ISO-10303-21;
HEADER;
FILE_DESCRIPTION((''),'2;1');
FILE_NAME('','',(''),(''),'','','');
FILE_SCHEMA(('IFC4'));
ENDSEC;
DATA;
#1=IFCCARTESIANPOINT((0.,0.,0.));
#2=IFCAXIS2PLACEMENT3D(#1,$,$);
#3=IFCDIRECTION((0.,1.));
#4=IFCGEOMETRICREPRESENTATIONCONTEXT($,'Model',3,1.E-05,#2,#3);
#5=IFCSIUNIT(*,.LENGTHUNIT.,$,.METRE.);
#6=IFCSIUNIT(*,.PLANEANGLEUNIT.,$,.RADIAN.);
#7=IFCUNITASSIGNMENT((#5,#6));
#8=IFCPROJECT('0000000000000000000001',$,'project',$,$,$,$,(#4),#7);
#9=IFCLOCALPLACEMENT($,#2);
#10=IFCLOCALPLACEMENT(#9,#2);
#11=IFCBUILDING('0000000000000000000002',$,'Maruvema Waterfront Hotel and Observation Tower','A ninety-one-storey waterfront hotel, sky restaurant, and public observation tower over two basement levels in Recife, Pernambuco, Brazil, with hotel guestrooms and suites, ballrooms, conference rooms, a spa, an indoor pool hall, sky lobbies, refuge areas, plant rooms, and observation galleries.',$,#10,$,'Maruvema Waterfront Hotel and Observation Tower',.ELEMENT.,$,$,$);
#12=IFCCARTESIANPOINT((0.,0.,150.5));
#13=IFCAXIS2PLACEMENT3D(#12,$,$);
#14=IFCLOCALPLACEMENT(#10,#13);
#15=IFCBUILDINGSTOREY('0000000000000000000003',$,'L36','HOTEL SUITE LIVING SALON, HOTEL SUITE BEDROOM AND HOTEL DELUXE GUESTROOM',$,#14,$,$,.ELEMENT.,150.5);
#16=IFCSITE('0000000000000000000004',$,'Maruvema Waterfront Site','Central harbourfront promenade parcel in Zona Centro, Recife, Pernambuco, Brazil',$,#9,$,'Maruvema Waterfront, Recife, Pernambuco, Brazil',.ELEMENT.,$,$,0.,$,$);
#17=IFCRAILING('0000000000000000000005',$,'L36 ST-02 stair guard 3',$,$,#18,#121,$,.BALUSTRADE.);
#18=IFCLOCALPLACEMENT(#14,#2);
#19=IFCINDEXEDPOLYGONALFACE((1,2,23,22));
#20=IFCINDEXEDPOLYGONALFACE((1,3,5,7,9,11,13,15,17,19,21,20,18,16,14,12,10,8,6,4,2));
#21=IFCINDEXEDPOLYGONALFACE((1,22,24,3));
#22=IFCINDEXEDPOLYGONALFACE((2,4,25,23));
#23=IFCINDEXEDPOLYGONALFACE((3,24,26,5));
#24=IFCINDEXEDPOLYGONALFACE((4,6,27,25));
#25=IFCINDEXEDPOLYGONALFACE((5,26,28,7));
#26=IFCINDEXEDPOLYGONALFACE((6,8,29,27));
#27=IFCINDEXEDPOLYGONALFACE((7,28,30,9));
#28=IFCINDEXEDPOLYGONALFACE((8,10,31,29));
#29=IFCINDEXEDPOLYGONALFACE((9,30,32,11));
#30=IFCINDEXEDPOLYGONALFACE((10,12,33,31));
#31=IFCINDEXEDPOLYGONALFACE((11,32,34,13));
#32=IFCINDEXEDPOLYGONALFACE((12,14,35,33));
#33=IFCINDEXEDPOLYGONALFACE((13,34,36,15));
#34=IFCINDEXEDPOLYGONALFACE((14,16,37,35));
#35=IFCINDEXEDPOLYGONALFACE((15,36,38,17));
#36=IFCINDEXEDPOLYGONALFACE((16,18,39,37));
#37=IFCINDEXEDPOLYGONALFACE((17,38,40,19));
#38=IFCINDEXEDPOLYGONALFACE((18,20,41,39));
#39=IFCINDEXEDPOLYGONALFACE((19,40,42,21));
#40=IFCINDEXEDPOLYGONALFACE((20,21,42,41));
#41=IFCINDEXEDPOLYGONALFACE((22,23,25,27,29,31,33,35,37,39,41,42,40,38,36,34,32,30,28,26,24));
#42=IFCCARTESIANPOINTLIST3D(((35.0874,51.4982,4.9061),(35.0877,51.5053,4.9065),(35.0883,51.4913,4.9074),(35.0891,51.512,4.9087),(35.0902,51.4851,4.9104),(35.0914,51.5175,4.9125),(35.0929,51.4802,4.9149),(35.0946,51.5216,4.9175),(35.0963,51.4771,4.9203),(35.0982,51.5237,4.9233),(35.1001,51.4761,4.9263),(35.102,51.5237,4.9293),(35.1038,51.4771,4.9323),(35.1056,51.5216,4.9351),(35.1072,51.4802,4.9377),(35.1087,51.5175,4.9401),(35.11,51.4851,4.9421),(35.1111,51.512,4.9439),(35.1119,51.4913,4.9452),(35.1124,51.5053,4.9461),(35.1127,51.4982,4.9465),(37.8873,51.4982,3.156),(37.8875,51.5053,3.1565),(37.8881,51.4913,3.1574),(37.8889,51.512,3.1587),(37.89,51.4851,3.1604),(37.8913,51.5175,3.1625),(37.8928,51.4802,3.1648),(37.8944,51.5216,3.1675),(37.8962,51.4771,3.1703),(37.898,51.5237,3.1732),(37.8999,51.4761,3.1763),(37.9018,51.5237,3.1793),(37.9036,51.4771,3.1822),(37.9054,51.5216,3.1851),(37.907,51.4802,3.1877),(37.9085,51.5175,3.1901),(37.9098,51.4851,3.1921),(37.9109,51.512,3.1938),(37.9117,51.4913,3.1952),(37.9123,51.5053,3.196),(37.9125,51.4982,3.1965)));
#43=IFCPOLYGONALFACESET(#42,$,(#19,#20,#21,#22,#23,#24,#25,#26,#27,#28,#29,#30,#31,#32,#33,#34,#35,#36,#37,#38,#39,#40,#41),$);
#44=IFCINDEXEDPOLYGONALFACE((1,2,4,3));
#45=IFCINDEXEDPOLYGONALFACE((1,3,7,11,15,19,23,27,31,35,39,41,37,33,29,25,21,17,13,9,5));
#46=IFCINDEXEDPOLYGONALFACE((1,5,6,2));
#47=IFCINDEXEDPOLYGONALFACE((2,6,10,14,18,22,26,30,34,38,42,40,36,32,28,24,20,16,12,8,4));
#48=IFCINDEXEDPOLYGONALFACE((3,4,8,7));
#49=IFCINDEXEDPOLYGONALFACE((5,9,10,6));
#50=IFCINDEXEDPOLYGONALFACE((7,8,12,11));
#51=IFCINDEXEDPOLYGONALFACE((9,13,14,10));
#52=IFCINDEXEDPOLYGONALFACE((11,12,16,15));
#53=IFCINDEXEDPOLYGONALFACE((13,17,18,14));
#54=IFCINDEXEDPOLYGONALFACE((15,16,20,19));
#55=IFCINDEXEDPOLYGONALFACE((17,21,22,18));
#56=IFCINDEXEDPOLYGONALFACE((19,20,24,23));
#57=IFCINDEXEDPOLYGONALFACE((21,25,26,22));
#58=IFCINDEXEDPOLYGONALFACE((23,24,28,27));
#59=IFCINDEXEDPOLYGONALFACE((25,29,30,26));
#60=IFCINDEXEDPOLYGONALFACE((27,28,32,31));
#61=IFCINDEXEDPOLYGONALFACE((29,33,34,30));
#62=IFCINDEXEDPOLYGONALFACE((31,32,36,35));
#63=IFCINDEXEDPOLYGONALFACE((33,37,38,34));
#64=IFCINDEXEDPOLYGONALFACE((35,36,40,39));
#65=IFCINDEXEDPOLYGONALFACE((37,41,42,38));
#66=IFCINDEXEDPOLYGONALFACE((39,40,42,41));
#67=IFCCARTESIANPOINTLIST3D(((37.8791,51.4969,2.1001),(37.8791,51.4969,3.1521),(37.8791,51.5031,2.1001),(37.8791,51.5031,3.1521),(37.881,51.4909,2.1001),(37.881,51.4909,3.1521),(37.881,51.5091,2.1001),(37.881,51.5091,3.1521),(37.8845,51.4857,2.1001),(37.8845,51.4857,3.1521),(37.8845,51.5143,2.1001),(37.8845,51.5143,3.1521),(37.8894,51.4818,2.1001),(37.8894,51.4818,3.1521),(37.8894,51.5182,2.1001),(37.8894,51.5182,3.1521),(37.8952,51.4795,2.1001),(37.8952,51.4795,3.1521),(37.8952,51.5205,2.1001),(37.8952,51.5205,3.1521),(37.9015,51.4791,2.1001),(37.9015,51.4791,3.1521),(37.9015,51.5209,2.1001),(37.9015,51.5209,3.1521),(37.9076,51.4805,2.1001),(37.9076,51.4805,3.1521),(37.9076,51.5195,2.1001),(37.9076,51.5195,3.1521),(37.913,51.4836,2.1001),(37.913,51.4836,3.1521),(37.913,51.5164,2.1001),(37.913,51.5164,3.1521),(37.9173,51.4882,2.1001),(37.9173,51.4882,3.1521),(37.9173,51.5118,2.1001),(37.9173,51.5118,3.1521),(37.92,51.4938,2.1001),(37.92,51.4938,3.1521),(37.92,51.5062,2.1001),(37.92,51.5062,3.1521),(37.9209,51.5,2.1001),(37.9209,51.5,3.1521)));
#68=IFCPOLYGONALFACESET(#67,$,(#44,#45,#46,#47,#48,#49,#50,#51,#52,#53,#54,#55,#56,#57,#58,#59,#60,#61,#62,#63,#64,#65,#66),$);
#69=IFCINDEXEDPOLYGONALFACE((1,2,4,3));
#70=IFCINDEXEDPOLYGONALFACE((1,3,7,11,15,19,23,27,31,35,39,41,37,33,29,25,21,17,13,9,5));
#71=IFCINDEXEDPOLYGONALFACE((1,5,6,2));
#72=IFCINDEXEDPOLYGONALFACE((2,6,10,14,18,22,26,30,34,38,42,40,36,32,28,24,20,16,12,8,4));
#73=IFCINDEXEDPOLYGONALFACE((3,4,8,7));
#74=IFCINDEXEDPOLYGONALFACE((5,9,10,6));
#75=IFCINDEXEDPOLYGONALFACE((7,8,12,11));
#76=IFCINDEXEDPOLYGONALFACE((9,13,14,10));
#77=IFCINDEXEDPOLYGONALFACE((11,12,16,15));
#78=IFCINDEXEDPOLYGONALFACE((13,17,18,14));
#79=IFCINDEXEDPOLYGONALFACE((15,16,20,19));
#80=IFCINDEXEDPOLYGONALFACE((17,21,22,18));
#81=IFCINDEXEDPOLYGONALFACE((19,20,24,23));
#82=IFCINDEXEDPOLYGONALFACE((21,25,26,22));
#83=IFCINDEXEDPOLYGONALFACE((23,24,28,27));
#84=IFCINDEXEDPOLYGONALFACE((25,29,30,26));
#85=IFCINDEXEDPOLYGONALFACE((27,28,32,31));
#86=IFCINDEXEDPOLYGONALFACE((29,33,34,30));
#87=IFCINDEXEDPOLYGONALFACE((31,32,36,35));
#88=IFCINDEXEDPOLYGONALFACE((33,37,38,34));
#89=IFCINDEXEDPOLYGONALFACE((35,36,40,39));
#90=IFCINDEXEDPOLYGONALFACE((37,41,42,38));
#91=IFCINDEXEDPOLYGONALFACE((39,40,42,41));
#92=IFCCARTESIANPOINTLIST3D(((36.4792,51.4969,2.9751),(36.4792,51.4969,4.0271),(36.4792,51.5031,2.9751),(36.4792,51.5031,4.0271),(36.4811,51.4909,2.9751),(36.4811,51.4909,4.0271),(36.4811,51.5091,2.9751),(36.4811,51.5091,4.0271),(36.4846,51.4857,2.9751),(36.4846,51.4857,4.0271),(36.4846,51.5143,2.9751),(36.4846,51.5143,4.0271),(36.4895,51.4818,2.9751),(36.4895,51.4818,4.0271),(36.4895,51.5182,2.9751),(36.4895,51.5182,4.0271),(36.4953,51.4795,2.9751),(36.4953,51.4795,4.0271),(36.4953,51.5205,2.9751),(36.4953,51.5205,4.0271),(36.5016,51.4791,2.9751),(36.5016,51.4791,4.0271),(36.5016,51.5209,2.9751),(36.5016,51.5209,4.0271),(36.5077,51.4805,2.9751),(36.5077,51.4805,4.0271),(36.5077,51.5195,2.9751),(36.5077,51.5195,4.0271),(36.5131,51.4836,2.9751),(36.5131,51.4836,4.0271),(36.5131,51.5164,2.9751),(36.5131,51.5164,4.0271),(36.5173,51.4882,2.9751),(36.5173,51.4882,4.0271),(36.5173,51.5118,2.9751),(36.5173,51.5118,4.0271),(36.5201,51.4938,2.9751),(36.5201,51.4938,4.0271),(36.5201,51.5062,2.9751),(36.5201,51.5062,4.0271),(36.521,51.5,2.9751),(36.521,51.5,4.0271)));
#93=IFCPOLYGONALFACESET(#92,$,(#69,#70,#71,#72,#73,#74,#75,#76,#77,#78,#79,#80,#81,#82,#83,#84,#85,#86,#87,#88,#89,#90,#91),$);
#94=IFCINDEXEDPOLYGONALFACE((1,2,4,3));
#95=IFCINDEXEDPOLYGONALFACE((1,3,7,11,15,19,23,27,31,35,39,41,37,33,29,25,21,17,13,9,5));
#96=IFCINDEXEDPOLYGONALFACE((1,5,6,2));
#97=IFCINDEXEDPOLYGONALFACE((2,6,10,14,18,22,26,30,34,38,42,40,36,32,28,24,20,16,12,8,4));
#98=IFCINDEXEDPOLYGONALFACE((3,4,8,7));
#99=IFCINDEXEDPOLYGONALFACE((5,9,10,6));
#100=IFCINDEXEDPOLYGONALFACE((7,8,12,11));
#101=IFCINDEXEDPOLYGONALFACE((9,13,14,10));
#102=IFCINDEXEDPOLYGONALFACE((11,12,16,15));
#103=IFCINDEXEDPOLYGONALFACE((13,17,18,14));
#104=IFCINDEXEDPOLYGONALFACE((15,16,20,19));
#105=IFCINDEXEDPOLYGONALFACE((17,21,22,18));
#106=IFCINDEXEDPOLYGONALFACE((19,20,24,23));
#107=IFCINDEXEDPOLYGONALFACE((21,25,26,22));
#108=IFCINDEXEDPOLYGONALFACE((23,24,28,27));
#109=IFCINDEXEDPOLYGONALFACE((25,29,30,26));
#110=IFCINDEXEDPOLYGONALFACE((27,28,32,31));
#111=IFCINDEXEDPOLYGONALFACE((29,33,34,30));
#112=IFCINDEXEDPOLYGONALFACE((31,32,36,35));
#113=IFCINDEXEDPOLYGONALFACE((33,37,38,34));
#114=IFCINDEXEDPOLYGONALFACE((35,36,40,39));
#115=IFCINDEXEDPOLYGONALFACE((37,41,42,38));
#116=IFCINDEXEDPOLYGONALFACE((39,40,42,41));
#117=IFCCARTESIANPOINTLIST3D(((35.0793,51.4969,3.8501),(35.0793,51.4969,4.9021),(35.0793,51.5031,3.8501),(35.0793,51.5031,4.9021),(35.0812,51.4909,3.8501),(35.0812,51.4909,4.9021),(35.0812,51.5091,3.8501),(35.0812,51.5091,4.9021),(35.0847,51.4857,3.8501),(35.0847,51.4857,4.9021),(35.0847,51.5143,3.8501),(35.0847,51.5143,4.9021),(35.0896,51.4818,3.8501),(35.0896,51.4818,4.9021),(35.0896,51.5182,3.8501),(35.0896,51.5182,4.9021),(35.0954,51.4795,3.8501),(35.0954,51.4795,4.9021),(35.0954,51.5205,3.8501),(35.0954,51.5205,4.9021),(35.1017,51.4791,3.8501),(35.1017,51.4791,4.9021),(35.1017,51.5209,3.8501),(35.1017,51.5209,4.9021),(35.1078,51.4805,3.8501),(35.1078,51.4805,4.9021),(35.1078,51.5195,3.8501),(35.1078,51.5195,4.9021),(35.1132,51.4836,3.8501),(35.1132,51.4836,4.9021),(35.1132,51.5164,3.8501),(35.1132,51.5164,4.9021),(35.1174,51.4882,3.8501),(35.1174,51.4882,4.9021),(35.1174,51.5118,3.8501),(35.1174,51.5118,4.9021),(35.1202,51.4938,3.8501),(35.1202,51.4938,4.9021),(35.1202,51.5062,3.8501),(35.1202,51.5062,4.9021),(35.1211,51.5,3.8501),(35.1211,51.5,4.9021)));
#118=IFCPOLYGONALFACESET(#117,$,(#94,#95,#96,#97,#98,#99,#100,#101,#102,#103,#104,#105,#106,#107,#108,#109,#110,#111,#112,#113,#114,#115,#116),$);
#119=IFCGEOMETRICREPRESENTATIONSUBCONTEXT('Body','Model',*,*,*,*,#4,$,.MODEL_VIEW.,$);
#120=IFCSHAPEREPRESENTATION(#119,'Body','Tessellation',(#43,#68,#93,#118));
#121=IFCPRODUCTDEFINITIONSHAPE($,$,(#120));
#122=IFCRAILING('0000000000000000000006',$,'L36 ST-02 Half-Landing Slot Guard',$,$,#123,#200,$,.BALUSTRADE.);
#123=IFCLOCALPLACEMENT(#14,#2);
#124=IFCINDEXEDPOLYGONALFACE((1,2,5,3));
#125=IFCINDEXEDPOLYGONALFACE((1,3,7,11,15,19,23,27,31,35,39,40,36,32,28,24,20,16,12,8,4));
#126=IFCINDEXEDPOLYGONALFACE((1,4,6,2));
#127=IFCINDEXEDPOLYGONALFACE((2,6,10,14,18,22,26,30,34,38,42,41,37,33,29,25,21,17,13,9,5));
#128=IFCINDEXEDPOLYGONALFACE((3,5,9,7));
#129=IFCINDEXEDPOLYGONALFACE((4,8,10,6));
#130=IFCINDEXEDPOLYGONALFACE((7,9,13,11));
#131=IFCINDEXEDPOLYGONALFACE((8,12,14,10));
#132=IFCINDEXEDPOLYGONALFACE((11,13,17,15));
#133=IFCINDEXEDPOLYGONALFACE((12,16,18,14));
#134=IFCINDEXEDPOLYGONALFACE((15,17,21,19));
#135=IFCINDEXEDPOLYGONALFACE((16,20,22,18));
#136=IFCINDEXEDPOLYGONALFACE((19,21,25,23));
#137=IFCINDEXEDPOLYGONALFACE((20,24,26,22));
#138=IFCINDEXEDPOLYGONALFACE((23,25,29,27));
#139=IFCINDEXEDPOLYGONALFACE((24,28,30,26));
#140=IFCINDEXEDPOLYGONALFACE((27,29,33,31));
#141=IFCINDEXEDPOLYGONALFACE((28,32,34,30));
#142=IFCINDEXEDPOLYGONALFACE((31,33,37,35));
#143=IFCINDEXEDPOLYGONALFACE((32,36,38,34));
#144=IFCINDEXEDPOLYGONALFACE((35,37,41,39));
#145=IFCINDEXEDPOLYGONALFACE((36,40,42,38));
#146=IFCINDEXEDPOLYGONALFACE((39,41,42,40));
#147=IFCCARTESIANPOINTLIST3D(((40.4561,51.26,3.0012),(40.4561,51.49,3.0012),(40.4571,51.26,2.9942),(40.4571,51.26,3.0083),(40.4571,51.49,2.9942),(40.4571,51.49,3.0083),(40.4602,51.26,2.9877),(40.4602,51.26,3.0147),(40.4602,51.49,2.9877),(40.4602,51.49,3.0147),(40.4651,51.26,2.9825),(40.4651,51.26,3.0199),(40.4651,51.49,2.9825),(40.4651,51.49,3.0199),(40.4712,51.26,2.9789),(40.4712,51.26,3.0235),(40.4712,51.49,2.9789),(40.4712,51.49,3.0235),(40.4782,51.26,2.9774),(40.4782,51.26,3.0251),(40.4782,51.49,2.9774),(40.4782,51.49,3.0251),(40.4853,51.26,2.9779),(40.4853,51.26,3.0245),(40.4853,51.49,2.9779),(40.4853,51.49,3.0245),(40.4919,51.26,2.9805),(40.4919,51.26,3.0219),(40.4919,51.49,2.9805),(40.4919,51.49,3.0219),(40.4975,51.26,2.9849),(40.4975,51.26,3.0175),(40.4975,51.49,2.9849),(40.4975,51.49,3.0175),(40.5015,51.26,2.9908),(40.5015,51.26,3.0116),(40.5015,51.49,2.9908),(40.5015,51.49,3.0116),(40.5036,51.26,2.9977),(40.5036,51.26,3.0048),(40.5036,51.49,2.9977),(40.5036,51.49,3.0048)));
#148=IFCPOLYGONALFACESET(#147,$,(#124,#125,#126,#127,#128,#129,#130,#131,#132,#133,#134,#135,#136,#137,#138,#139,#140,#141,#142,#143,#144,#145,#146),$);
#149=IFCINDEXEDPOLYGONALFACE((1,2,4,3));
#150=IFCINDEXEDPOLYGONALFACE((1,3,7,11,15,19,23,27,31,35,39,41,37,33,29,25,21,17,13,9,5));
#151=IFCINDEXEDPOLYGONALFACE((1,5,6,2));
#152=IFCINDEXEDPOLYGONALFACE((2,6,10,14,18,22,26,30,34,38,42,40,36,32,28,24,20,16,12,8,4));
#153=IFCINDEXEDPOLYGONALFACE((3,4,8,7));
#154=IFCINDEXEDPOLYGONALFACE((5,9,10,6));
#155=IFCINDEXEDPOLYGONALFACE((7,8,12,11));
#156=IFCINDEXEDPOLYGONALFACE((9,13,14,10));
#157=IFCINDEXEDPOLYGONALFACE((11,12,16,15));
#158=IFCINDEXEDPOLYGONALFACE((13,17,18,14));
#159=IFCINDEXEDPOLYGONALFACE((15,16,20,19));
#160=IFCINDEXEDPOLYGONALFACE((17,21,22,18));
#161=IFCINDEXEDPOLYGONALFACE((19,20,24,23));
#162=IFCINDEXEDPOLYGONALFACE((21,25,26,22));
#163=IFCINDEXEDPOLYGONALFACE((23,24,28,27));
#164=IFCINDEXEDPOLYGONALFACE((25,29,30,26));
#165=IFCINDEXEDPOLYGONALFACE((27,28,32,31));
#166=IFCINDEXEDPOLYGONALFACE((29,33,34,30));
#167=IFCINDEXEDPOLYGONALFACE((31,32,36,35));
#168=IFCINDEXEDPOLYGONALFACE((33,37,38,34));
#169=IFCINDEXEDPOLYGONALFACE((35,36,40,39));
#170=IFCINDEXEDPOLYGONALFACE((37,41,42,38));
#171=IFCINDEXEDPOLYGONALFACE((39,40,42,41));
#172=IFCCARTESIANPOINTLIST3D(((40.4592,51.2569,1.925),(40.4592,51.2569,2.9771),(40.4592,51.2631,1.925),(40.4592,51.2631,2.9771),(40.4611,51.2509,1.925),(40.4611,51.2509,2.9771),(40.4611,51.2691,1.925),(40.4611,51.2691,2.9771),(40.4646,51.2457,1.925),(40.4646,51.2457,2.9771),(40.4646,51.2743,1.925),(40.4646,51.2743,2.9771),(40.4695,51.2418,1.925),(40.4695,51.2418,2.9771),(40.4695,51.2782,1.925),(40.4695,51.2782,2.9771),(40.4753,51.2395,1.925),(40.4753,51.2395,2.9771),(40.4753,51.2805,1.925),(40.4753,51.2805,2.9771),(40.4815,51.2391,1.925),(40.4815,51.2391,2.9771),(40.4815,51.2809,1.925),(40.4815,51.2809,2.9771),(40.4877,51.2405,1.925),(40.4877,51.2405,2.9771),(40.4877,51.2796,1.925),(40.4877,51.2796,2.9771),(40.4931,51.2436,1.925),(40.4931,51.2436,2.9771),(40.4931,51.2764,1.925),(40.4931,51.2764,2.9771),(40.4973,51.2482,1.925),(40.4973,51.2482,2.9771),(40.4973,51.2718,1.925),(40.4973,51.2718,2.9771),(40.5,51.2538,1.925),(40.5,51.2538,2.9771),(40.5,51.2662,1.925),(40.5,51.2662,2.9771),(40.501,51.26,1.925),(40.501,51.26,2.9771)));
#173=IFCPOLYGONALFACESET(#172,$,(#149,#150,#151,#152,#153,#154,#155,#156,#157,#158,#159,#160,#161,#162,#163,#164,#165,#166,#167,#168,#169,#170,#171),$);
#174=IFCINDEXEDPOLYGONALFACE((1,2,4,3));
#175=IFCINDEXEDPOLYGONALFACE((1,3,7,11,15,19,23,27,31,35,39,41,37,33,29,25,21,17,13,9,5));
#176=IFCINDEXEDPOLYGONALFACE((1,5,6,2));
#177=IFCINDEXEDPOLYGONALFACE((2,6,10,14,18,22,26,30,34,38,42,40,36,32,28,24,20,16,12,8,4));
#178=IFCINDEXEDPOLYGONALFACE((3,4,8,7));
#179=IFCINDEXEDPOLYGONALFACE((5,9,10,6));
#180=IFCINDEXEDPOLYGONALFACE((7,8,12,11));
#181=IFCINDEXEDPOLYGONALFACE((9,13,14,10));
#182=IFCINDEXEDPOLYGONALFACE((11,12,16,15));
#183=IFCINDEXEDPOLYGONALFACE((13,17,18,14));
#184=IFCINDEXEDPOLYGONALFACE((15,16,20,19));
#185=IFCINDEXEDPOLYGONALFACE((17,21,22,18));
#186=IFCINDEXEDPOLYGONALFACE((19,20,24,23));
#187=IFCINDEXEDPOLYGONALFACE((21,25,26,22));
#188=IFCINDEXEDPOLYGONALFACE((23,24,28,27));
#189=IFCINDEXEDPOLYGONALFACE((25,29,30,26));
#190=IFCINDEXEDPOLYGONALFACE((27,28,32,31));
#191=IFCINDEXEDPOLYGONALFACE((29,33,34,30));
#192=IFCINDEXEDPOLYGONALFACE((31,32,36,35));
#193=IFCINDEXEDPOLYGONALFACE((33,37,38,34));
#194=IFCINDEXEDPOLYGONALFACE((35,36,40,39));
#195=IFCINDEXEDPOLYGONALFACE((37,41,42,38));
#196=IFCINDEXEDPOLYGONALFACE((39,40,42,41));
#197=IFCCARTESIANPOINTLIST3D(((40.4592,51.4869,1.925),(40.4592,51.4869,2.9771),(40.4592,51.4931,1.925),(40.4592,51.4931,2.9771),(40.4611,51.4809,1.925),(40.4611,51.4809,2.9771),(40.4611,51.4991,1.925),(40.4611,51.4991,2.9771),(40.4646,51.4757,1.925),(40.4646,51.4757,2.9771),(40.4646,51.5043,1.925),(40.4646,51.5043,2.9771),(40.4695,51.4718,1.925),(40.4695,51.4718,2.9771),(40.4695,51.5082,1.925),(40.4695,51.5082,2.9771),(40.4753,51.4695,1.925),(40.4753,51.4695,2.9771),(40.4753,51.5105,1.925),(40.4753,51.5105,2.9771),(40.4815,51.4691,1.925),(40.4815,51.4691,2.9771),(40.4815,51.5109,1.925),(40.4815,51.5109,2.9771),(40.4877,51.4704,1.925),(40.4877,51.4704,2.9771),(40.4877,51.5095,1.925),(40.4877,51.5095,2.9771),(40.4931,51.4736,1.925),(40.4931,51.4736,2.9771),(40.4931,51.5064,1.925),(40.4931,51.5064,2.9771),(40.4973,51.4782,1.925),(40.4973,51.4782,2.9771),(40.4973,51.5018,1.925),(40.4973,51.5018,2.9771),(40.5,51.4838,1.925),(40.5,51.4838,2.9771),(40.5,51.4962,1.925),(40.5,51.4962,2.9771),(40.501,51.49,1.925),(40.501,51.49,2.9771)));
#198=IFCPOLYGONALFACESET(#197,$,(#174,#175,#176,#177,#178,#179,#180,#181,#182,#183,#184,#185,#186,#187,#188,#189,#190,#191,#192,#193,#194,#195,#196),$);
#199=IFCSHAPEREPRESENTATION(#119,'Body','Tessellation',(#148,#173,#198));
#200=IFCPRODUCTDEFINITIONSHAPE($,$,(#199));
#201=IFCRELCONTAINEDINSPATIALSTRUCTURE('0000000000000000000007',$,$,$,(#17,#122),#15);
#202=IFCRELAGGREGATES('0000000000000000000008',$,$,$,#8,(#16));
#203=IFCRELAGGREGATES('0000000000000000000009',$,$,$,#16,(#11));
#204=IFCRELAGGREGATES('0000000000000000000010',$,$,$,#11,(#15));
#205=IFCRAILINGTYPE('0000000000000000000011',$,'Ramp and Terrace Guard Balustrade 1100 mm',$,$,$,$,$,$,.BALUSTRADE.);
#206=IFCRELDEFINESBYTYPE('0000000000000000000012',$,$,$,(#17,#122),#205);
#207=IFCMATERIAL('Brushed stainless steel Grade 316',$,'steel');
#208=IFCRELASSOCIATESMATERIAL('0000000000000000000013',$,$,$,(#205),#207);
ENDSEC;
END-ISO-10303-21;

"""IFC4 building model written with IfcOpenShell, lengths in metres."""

from ifc_helpers import new_model, si_unit, direction, frame, origin, origin_2d, place, context, subcontext, project, spatial, circle, extrude, material, type_object, element, save


model = new_model("IFC4")

# Units and contexts
model_context = context("Model", 3, precision=1e-05, world=origin(), true_north=direction((0.0, 1.0)))
body_context = subcontext(model_context, "Body", "Model", "MODEL_VIEW")
ifc_project = project(units=[si_unit("LENGTHUNIT", "METRE"), si_unit("PLANEANGLEUNIT", "RADIAN")], contexts=[model_context])

# Site, building, storey
site_placement = place(None, origin())
site = spatial("IfcSite", under=ifc_project, at=site_placement, Name="Maruvema Waterfront Site", Description="Central harbourfront promenade parcel in Zona Centro, Recife, Pernambuco, Brazil", LongName="Maruvema Waterfront, Recife, Pernambuco, Brazil", CompositionType="ELEMENT", RefElevation=0.0)
building_placement = place(site_placement, origin())
building = spatial("IfcBuilding", under=site, at=building_placement, Name="Maruvema Waterfront Hotel and Observation Tower", Description="A ninety-one-storey waterfront hotel, sky restaurant, and public observation tower over two basement levels in Recife, Pernambuco, Brazil, with hotel guestrooms and suites, ballrooms, conference rooms, a spa, an indoor pool hall, sky lobbies, refuge areas, plant rooms, and observation galleries.", LongName="Maruvema Waterfront Hotel and Observation Tower", CompositionType="ELEMENT")
storey_placement = place(building_placement, frame((0.0, 0.0, 150.5)))
storey = spatial("IfcBuildingStorey", under=building, at=storey_placement, Name="L36", Description="HOTEL SUITE LIVING SALON, HOTEL SUITE BEDROOM AND HOTEL DELUXE GUESTROOM", CompositionType="ELEMENT", Elevation=150.5)

# Railings
ifc_material_1 = material(Name="Brushed stainless steel Grade 316", Category="steel")
railing_type_1 = type_object("IfcRailingType", Name="Ramp and Terrace Guard Balustrade 1100 mm", PredefinedType="BALUSTRADE", material=ifc_material_1)
railing_1_placement = place(storey_placement, frame((37.8999, 51.5, 2.1001)))
element("IfcRailing", 1, at=railing_1_placement, inside=storey, type_object=railing_type_1, Name="L36 ST-02 stair guard 3", PredefinedType="BALUSTRADE", context=body_context, shape_type="SweptSolid", body=[
    extrude(circle(Radius=0.0239, at=origin_2d()), frame((0.0, 0.0, 1.0762), z_axis=(-0.847982, 0.0, 0.530026), x_axis=(0.0, -1.0, 0.0)), (0.0, 0.0, 1.0), 3.3018),
    extrude(circle(Radius=0.021, at=origin_2d()), origin(), (0.0, 0.0, 1.0), 1.052),
    extrude(circle(Radius=0.021, at=origin_2d()), frame((-1.3999, 0.0, 0.875)), (0.0, 0.0, 1.0), 1.052),
    extrude(circle(Radius=0.021, at=origin_2d()), frame((-2.7998, 0.0, 1.75)), (0.0, 0.0, 1.0), 1.052),
])
railing_2_placement = place(storey_placement, frame((40.48, 51.26, 1.925)))
element("IfcRailing", 2, at=railing_2_placement, inside=storey, type_object=railing_type_1, Name="L36 ST-02 Half-Landing Slot Guard", PredefinedType="BALUSTRADE", context=body_context, shape_type="SweptSolid", body=[
    extrude(circle(Radius=0.0239, at=origin_2d()), frame((0.0, 0.0, 1.0762), z_axis=(0.0, 1.0, 0.0), x_axis=(-1.0, 0.0, 0.0)), (0.0, 0.0, 1.0), 0.23),
    extrude(circle(Radius=0.021, at=origin_2d()), origin(), (0.0, 0.0, 1.0), 1.052),
    extrude(circle(Radius=0.021, at=origin_2d()), frame((0.0, 0.23, 0.0)), (0.0, 0.0, 1.0), 1.052),
])

save(model, "model.ifc")
